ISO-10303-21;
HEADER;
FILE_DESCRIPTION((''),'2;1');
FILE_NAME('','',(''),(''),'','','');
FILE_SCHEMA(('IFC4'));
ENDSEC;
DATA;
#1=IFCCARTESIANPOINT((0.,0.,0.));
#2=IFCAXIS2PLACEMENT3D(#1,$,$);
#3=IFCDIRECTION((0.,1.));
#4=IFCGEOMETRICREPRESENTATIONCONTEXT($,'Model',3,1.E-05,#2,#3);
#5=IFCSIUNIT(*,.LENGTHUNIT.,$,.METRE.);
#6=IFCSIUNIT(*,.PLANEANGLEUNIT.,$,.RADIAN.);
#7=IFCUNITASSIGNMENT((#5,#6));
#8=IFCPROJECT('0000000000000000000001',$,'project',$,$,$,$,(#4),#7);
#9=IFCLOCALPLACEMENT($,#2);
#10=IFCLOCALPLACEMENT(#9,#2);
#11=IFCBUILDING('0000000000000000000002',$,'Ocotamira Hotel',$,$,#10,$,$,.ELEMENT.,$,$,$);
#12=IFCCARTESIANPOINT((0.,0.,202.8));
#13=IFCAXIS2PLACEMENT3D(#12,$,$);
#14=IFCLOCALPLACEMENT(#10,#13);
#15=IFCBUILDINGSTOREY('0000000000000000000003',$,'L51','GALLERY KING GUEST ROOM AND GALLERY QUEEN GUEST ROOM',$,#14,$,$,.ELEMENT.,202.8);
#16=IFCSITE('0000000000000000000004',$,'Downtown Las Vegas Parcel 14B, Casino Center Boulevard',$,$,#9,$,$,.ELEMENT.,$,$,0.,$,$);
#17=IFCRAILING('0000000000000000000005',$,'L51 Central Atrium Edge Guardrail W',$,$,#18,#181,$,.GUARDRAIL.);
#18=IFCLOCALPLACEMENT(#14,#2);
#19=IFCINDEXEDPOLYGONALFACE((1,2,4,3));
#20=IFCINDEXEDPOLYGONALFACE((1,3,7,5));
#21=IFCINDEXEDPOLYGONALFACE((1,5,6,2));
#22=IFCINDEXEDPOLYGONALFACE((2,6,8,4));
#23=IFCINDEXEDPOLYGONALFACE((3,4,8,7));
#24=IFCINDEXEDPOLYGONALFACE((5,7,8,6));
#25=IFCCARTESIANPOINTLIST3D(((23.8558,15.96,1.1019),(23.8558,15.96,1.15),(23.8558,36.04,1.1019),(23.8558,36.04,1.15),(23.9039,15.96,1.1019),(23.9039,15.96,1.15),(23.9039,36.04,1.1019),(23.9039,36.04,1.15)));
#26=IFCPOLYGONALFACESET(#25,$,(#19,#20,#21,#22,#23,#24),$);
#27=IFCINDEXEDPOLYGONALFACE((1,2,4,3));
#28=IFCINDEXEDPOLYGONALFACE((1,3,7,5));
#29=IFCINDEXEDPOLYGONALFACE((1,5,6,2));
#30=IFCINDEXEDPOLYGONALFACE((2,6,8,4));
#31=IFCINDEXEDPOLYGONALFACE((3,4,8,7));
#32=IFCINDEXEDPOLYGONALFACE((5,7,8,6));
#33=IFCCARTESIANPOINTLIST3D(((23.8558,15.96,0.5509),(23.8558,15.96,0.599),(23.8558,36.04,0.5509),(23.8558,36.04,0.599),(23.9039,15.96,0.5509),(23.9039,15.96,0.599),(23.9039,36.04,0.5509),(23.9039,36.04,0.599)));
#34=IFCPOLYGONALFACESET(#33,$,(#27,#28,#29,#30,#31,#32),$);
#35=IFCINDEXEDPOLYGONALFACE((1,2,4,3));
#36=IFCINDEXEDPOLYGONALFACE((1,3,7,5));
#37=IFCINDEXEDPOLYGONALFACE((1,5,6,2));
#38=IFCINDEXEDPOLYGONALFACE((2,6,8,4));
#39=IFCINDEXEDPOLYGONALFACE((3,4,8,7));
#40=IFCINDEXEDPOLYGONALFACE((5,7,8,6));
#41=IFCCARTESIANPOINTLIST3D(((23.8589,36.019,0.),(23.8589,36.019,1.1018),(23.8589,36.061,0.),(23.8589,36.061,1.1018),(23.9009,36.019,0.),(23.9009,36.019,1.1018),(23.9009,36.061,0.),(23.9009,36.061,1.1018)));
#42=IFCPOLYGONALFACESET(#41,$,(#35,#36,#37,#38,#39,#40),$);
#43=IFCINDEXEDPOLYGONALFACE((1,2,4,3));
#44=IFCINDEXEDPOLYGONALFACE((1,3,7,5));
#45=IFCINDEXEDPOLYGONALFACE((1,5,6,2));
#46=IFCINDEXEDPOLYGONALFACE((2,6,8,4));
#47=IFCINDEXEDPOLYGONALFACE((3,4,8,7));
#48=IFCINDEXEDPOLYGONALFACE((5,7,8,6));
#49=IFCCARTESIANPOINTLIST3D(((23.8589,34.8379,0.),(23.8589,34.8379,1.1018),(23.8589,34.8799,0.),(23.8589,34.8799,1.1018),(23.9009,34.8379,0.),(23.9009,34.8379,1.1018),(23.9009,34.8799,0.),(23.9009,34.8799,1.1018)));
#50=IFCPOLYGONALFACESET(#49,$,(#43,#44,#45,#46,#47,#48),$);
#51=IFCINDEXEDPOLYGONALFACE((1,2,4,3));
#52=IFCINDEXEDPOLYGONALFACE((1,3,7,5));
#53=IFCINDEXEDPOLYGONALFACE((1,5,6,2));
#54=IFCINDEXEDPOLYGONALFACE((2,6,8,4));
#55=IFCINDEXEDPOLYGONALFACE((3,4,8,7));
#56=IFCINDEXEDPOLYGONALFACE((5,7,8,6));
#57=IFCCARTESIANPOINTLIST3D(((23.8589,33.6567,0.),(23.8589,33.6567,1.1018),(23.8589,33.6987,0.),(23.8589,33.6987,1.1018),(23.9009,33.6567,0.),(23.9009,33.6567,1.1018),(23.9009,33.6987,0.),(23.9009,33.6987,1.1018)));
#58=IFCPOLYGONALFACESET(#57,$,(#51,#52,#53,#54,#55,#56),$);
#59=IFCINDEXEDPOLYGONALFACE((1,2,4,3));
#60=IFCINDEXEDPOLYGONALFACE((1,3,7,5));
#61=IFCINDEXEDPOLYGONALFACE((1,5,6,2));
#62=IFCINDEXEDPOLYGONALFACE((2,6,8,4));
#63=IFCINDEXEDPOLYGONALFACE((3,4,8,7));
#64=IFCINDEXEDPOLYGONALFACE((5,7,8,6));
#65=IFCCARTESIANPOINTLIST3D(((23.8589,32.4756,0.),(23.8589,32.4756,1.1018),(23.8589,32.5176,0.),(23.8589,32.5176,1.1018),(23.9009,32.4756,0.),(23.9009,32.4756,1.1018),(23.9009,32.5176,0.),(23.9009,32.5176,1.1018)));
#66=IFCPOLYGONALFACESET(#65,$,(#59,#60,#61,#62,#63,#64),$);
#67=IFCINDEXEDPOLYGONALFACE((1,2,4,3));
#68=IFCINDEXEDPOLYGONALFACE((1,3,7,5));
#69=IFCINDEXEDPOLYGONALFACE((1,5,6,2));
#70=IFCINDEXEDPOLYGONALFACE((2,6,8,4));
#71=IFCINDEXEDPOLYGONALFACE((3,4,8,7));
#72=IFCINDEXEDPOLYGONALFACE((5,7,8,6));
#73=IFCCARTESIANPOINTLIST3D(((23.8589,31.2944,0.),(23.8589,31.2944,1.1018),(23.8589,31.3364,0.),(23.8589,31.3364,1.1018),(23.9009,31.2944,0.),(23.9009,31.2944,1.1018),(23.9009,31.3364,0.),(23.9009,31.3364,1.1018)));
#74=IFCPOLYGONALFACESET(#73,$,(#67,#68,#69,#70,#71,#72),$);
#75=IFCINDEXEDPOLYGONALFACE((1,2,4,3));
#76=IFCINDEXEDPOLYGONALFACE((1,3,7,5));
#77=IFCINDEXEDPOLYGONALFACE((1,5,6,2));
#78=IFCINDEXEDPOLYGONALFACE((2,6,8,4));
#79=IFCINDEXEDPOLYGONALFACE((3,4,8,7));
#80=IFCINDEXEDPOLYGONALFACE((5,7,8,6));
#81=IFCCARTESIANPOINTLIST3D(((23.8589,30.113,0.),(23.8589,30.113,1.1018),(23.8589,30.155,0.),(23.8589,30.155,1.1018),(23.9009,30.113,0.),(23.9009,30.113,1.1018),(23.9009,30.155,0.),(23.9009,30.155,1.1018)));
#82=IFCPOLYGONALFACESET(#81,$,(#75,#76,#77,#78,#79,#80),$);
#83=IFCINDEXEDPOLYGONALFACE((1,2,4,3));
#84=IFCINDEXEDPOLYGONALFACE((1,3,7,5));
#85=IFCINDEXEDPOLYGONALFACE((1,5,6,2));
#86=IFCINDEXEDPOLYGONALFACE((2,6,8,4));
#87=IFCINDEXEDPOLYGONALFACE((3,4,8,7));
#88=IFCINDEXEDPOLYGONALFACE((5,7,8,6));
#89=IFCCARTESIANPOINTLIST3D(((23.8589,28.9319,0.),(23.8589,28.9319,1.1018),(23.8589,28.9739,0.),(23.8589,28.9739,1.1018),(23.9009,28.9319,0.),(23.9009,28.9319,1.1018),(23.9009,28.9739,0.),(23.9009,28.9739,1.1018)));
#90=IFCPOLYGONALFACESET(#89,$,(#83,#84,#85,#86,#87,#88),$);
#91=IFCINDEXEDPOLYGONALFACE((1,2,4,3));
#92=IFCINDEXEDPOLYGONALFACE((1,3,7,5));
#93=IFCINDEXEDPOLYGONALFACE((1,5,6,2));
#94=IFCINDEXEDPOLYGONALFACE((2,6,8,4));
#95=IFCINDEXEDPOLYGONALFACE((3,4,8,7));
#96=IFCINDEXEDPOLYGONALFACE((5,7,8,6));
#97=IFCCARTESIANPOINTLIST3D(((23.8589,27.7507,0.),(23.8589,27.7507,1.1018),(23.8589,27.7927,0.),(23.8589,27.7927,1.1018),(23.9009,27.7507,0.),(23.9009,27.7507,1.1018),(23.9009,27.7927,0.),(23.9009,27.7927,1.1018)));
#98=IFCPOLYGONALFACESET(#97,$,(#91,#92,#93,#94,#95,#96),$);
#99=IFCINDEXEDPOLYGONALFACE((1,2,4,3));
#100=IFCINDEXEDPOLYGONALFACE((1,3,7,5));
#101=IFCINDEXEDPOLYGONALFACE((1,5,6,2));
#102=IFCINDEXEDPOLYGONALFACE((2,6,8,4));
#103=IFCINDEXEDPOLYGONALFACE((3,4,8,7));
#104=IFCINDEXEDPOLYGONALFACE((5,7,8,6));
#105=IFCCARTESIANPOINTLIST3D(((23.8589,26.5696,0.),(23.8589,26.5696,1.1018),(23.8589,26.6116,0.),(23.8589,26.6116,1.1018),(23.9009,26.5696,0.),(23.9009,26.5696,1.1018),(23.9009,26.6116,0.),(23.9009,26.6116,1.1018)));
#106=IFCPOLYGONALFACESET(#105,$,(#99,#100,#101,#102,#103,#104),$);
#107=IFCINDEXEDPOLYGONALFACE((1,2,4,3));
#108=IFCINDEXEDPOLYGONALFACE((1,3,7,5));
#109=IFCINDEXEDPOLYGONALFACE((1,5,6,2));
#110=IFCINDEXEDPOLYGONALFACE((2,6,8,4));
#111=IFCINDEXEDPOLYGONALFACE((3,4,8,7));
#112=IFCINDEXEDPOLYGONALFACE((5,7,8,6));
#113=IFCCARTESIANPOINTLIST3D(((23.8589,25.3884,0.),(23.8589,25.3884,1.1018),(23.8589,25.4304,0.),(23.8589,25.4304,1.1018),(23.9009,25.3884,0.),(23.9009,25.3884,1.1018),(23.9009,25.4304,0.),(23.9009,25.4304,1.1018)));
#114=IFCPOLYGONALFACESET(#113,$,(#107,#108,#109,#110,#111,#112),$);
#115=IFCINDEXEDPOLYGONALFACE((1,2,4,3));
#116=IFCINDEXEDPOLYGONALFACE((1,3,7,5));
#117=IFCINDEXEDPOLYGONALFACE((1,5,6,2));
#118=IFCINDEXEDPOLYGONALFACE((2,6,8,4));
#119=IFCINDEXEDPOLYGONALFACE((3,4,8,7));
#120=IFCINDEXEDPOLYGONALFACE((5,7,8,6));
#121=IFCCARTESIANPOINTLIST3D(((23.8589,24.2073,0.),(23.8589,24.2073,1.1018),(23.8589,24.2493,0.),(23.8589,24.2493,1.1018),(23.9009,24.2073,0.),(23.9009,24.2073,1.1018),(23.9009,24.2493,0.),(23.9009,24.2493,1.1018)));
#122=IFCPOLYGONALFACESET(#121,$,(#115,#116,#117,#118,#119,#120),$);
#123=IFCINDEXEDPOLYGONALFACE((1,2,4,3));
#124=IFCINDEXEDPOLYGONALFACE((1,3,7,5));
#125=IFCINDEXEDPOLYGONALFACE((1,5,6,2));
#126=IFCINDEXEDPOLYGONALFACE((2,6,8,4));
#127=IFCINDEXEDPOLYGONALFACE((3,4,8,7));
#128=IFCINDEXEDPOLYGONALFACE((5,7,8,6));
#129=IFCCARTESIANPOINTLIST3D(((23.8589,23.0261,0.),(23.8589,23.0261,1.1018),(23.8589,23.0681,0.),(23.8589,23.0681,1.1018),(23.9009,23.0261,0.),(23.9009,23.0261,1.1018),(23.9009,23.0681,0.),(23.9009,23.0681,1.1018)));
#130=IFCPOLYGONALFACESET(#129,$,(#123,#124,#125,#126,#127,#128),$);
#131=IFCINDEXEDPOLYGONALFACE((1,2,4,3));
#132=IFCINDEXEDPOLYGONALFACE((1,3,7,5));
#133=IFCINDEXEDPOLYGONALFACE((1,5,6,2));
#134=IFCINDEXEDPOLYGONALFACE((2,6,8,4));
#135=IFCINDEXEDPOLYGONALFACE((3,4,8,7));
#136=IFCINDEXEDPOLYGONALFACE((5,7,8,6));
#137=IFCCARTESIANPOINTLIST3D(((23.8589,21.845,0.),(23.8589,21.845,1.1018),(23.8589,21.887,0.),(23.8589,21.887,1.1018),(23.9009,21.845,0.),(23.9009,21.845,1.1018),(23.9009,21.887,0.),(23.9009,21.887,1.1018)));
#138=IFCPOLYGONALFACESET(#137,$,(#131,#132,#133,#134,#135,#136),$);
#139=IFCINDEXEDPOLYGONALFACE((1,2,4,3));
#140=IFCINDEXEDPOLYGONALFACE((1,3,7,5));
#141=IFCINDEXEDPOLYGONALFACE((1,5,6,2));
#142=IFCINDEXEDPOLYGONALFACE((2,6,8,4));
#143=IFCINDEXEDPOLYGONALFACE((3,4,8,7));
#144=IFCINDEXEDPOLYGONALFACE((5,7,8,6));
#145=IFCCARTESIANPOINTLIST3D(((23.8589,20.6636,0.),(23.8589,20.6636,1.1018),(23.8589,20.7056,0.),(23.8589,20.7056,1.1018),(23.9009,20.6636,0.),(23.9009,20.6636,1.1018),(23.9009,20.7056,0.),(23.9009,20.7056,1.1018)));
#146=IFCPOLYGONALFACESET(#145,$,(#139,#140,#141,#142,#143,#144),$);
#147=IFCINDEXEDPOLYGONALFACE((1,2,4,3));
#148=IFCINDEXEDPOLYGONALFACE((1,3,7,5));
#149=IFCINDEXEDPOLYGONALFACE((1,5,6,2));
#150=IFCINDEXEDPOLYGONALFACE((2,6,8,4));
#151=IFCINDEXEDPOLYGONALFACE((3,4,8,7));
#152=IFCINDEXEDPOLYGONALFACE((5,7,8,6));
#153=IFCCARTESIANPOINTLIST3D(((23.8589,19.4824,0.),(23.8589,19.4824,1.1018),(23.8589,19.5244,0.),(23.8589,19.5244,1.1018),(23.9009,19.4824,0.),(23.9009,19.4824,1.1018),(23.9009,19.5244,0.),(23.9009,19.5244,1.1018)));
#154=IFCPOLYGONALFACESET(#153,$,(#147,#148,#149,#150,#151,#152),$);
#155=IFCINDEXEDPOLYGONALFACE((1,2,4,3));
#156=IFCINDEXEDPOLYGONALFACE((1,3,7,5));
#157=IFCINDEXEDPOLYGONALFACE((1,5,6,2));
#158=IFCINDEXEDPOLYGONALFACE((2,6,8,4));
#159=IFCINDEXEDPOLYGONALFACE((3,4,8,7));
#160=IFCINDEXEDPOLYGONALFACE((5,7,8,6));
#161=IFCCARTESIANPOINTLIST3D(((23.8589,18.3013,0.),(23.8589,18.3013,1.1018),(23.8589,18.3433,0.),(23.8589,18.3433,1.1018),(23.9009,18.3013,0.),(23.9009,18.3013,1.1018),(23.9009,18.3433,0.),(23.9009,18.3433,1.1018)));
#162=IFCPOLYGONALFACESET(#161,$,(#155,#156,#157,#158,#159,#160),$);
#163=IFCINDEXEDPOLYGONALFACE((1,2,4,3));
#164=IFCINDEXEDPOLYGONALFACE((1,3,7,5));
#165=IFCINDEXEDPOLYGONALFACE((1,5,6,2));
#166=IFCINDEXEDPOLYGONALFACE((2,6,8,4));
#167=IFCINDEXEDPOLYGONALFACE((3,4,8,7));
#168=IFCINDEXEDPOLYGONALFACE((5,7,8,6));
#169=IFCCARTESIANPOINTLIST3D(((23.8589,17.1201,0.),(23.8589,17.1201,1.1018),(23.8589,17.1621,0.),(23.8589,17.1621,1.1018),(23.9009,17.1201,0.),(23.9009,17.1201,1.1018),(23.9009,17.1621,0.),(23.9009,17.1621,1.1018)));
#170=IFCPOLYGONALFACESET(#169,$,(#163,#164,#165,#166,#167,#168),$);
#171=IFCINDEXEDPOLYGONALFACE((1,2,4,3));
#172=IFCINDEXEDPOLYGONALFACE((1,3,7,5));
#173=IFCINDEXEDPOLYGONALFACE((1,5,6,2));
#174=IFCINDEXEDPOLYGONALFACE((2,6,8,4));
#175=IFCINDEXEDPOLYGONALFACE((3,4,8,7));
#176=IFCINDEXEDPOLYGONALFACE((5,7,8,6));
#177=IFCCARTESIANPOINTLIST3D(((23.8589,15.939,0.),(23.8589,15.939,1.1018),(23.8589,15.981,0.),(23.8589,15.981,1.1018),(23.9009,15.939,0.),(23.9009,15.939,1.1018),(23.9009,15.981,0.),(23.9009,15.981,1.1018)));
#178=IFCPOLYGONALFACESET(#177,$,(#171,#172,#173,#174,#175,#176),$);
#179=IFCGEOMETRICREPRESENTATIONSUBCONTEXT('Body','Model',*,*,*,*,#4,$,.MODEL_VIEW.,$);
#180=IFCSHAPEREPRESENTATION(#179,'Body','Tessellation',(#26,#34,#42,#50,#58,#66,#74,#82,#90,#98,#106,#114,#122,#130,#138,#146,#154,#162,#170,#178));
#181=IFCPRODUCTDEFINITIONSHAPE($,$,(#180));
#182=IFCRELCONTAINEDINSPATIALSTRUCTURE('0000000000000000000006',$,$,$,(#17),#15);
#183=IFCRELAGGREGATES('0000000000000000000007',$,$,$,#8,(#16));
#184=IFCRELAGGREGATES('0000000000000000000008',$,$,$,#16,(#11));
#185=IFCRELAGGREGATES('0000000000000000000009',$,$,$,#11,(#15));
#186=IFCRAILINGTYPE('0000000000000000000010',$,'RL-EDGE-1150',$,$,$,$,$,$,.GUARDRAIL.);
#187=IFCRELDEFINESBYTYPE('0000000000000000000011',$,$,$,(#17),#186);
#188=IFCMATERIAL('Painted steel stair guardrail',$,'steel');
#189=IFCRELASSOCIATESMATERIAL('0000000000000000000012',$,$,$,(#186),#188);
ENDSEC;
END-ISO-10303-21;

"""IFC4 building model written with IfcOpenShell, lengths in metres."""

from ifc_helpers import new_model, si_unit, direction, frame, origin, origin_2d, place, context, subcontext, project, spatial, rectangle, extrude, material, type_object, element, save


model = new_model("IFC4")

# Units and contexts
model_context = context("Model", 3, precision=1e-05, world=origin(), true_north=direction((0.0, 1.0)))
body_context = subcontext(model_context, "Body", "Model", "MODEL_VIEW")
ifc_project = project(units=[si_unit("LENGTHUNIT", "METRE"), si_unit("PLANEANGLEUNIT", "RADIAN")], contexts=[model_context])

# Site, building, storey
site_placement = place(None, origin())
site = spatial("IfcSite", under=ifc_project, at=site_placement, Name="Downtown Las Vegas Parcel 14B, Casino Center Boulevard", CompositionType="ELEMENT", RefElevation=0.0)
building_placement = place(site_placement, origin())
building = spatial("IfcBuilding", under=site, at=building_placement, Name="Ocotamira Hotel", CompositionType="ELEMENT")
storey_placement = place(building_placement, frame((0.0, 0.0, 202.8)))
storey = spatial("IfcBuildingStorey", under=building, at=storey_placement, Name="L51", Description="GALLERY KING GUEST ROOM AND GALLERY QUEEN GUEST ROOM", CompositionType="ELEMENT", Elevation=202.8)

# Railing
ifc_material_1 = material(Name="Painted steel stair guardrail", Category="steel")
railing_type = type_object("IfcRailingType", Name="RL-EDGE-1150", PredefinedType="GUARDRAIL", material=ifc_material_1)
railing_placement = place(storey_placement, frame((23.8799, 36.04, 0.0)))
element("IfcRailing", 1, at=railing_placement, inside=storey, type_object=railing_type, Name="L51 Central Atrium Edge Guardrail W", PredefinedType="GUARDRAIL", context=body_context, shape_type="SweptSolid", body=[
    extrude(rectangle(XDim=0.0481, YDim=0.0481, at=origin_2d()), frame((0.0, 0.0, 1.126), z_axis=(0.0, -1.0, 0.0), x_axis=(1.0, 0.0, 0.0)), (0.0, 0.0, 1.0), 20.0801),
    extrude(rectangle(XDim=0.0481, YDim=0.0481, at=origin_2d()), frame((0.0, 0.0, 0.575), z_axis=(0.0, -1.0, 0.0), x_axis=(1.0, 0.0, 0.0)), (0.0, 0.0, 1.0), 20.0801),
    extrude(rectangle(XDim=0.042, YDim=0.042, at=origin_2d()), origin(), (0.0, 0.0, 1.0), 1.1018),
    extrude(rectangle(XDim=0.042, YDim=0.042, at=origin_2d()), frame((0.0, -1.1812, 0.0)), (0.0, 0.0, 1.0), 1.1018),
    extrude(rectangle(XDim=0.042, YDim=0.042, at=origin_2d()), frame((0.0, -2.3623, 0.0)), (0.0, 0.0, 1.0), 1.1018),
    extrude(rectangle(XDim=0.042, YDim=0.042, at=origin_2d()), frame((0.0, -3.5435, 0.0)), (0.0, 0.0, 1.0), 1.1018),
    extrude(rectangle(XDim=0.042, YDim=0.042, at=origin_2d()), frame((0.0, -4.7246, 0.0)), (0.0, 0.0, 1.0), 1.1018),
    extrude(rectangle(XDim=0.042, YDim=0.042, at=origin_2d()), frame((0.0, -5.906, 0.0)), (0.0, 0.0, 1.0), 1.1018),
    extrude(rectangle(XDim=0.042, YDim=0.042, at=origin_2d()), frame((0.0, -7.0872, 0.0)), (0.0, 0.0, 1.0), 1.1018),
    extrude(rectangle(XDim=0.042, YDim=0.042, at=origin_2d()), frame((0.0, -8.2683, 0.0)), (0.0, 0.0, 1.0), 1.1018),
    extrude(rectangle(XDim=0.042, YDim=0.042, at=origin_2d()), frame((0.0, -9.4495, 0.0)), (0.0, 0.0, 1.0), 1.1018),
    extrude(rectangle(XDim=0.042, YDim=0.042, at=origin_2d()), frame((0.0, -10.6306, 0.0)), (0.0, 0.0, 1.0), 1.1018),
    extrude(rectangle(XDim=0.042, YDim=0.042, at=origin_2d()), frame((0.0, -11.8118, 0.0)), (0.0, 0.0, 1.0), 1.1018),
    extrude(rectangle(XDim=0.042, YDim=0.042, at=origin_2d()), frame((0.0, -12.9929, 0.0)), (0.0, 0.0, 1.0), 1.1018),
    extrude(rectangle(XDim=0.042, YDim=0.042, at=origin_2d()), frame((0.0, -14.1741, 0.0)), (0.0, 0.0, 1.0), 1.1018),
    extrude(rectangle(XDim=0.042, YDim=0.042, at=origin_2d()), frame((0.0, -15.3555, 0.0)), (0.0, 0.0, 1.0), 1.1018),
    extrude(rectangle(XDim=0.042, YDim=0.042, at=origin_2d()), frame((0.0, -16.5366, 0.0)), (0.0, 0.0, 1.0), 1.1018),
    extrude(rectangle(XDim=0.042, YDim=0.042, at=origin_2d()), frame((0.0, -17.7178, 0.0)), (0.0, 0.0, 1.0), 1.1018),
    extrude(rectangle(XDim=0.042, YDim=0.042, at=origin_2d()), frame((0.0, -18.8989, 0.0)), (0.0, 0.0, 1.0), 1.1018),
    extrude(rectangle(XDim=0.042, YDim=0.042, at=origin_2d()), frame((0.0, -20.0801, 0.0)), (0.0, 0.0, 1.0), 1.1018),
])

save(model, "model.ifc")
